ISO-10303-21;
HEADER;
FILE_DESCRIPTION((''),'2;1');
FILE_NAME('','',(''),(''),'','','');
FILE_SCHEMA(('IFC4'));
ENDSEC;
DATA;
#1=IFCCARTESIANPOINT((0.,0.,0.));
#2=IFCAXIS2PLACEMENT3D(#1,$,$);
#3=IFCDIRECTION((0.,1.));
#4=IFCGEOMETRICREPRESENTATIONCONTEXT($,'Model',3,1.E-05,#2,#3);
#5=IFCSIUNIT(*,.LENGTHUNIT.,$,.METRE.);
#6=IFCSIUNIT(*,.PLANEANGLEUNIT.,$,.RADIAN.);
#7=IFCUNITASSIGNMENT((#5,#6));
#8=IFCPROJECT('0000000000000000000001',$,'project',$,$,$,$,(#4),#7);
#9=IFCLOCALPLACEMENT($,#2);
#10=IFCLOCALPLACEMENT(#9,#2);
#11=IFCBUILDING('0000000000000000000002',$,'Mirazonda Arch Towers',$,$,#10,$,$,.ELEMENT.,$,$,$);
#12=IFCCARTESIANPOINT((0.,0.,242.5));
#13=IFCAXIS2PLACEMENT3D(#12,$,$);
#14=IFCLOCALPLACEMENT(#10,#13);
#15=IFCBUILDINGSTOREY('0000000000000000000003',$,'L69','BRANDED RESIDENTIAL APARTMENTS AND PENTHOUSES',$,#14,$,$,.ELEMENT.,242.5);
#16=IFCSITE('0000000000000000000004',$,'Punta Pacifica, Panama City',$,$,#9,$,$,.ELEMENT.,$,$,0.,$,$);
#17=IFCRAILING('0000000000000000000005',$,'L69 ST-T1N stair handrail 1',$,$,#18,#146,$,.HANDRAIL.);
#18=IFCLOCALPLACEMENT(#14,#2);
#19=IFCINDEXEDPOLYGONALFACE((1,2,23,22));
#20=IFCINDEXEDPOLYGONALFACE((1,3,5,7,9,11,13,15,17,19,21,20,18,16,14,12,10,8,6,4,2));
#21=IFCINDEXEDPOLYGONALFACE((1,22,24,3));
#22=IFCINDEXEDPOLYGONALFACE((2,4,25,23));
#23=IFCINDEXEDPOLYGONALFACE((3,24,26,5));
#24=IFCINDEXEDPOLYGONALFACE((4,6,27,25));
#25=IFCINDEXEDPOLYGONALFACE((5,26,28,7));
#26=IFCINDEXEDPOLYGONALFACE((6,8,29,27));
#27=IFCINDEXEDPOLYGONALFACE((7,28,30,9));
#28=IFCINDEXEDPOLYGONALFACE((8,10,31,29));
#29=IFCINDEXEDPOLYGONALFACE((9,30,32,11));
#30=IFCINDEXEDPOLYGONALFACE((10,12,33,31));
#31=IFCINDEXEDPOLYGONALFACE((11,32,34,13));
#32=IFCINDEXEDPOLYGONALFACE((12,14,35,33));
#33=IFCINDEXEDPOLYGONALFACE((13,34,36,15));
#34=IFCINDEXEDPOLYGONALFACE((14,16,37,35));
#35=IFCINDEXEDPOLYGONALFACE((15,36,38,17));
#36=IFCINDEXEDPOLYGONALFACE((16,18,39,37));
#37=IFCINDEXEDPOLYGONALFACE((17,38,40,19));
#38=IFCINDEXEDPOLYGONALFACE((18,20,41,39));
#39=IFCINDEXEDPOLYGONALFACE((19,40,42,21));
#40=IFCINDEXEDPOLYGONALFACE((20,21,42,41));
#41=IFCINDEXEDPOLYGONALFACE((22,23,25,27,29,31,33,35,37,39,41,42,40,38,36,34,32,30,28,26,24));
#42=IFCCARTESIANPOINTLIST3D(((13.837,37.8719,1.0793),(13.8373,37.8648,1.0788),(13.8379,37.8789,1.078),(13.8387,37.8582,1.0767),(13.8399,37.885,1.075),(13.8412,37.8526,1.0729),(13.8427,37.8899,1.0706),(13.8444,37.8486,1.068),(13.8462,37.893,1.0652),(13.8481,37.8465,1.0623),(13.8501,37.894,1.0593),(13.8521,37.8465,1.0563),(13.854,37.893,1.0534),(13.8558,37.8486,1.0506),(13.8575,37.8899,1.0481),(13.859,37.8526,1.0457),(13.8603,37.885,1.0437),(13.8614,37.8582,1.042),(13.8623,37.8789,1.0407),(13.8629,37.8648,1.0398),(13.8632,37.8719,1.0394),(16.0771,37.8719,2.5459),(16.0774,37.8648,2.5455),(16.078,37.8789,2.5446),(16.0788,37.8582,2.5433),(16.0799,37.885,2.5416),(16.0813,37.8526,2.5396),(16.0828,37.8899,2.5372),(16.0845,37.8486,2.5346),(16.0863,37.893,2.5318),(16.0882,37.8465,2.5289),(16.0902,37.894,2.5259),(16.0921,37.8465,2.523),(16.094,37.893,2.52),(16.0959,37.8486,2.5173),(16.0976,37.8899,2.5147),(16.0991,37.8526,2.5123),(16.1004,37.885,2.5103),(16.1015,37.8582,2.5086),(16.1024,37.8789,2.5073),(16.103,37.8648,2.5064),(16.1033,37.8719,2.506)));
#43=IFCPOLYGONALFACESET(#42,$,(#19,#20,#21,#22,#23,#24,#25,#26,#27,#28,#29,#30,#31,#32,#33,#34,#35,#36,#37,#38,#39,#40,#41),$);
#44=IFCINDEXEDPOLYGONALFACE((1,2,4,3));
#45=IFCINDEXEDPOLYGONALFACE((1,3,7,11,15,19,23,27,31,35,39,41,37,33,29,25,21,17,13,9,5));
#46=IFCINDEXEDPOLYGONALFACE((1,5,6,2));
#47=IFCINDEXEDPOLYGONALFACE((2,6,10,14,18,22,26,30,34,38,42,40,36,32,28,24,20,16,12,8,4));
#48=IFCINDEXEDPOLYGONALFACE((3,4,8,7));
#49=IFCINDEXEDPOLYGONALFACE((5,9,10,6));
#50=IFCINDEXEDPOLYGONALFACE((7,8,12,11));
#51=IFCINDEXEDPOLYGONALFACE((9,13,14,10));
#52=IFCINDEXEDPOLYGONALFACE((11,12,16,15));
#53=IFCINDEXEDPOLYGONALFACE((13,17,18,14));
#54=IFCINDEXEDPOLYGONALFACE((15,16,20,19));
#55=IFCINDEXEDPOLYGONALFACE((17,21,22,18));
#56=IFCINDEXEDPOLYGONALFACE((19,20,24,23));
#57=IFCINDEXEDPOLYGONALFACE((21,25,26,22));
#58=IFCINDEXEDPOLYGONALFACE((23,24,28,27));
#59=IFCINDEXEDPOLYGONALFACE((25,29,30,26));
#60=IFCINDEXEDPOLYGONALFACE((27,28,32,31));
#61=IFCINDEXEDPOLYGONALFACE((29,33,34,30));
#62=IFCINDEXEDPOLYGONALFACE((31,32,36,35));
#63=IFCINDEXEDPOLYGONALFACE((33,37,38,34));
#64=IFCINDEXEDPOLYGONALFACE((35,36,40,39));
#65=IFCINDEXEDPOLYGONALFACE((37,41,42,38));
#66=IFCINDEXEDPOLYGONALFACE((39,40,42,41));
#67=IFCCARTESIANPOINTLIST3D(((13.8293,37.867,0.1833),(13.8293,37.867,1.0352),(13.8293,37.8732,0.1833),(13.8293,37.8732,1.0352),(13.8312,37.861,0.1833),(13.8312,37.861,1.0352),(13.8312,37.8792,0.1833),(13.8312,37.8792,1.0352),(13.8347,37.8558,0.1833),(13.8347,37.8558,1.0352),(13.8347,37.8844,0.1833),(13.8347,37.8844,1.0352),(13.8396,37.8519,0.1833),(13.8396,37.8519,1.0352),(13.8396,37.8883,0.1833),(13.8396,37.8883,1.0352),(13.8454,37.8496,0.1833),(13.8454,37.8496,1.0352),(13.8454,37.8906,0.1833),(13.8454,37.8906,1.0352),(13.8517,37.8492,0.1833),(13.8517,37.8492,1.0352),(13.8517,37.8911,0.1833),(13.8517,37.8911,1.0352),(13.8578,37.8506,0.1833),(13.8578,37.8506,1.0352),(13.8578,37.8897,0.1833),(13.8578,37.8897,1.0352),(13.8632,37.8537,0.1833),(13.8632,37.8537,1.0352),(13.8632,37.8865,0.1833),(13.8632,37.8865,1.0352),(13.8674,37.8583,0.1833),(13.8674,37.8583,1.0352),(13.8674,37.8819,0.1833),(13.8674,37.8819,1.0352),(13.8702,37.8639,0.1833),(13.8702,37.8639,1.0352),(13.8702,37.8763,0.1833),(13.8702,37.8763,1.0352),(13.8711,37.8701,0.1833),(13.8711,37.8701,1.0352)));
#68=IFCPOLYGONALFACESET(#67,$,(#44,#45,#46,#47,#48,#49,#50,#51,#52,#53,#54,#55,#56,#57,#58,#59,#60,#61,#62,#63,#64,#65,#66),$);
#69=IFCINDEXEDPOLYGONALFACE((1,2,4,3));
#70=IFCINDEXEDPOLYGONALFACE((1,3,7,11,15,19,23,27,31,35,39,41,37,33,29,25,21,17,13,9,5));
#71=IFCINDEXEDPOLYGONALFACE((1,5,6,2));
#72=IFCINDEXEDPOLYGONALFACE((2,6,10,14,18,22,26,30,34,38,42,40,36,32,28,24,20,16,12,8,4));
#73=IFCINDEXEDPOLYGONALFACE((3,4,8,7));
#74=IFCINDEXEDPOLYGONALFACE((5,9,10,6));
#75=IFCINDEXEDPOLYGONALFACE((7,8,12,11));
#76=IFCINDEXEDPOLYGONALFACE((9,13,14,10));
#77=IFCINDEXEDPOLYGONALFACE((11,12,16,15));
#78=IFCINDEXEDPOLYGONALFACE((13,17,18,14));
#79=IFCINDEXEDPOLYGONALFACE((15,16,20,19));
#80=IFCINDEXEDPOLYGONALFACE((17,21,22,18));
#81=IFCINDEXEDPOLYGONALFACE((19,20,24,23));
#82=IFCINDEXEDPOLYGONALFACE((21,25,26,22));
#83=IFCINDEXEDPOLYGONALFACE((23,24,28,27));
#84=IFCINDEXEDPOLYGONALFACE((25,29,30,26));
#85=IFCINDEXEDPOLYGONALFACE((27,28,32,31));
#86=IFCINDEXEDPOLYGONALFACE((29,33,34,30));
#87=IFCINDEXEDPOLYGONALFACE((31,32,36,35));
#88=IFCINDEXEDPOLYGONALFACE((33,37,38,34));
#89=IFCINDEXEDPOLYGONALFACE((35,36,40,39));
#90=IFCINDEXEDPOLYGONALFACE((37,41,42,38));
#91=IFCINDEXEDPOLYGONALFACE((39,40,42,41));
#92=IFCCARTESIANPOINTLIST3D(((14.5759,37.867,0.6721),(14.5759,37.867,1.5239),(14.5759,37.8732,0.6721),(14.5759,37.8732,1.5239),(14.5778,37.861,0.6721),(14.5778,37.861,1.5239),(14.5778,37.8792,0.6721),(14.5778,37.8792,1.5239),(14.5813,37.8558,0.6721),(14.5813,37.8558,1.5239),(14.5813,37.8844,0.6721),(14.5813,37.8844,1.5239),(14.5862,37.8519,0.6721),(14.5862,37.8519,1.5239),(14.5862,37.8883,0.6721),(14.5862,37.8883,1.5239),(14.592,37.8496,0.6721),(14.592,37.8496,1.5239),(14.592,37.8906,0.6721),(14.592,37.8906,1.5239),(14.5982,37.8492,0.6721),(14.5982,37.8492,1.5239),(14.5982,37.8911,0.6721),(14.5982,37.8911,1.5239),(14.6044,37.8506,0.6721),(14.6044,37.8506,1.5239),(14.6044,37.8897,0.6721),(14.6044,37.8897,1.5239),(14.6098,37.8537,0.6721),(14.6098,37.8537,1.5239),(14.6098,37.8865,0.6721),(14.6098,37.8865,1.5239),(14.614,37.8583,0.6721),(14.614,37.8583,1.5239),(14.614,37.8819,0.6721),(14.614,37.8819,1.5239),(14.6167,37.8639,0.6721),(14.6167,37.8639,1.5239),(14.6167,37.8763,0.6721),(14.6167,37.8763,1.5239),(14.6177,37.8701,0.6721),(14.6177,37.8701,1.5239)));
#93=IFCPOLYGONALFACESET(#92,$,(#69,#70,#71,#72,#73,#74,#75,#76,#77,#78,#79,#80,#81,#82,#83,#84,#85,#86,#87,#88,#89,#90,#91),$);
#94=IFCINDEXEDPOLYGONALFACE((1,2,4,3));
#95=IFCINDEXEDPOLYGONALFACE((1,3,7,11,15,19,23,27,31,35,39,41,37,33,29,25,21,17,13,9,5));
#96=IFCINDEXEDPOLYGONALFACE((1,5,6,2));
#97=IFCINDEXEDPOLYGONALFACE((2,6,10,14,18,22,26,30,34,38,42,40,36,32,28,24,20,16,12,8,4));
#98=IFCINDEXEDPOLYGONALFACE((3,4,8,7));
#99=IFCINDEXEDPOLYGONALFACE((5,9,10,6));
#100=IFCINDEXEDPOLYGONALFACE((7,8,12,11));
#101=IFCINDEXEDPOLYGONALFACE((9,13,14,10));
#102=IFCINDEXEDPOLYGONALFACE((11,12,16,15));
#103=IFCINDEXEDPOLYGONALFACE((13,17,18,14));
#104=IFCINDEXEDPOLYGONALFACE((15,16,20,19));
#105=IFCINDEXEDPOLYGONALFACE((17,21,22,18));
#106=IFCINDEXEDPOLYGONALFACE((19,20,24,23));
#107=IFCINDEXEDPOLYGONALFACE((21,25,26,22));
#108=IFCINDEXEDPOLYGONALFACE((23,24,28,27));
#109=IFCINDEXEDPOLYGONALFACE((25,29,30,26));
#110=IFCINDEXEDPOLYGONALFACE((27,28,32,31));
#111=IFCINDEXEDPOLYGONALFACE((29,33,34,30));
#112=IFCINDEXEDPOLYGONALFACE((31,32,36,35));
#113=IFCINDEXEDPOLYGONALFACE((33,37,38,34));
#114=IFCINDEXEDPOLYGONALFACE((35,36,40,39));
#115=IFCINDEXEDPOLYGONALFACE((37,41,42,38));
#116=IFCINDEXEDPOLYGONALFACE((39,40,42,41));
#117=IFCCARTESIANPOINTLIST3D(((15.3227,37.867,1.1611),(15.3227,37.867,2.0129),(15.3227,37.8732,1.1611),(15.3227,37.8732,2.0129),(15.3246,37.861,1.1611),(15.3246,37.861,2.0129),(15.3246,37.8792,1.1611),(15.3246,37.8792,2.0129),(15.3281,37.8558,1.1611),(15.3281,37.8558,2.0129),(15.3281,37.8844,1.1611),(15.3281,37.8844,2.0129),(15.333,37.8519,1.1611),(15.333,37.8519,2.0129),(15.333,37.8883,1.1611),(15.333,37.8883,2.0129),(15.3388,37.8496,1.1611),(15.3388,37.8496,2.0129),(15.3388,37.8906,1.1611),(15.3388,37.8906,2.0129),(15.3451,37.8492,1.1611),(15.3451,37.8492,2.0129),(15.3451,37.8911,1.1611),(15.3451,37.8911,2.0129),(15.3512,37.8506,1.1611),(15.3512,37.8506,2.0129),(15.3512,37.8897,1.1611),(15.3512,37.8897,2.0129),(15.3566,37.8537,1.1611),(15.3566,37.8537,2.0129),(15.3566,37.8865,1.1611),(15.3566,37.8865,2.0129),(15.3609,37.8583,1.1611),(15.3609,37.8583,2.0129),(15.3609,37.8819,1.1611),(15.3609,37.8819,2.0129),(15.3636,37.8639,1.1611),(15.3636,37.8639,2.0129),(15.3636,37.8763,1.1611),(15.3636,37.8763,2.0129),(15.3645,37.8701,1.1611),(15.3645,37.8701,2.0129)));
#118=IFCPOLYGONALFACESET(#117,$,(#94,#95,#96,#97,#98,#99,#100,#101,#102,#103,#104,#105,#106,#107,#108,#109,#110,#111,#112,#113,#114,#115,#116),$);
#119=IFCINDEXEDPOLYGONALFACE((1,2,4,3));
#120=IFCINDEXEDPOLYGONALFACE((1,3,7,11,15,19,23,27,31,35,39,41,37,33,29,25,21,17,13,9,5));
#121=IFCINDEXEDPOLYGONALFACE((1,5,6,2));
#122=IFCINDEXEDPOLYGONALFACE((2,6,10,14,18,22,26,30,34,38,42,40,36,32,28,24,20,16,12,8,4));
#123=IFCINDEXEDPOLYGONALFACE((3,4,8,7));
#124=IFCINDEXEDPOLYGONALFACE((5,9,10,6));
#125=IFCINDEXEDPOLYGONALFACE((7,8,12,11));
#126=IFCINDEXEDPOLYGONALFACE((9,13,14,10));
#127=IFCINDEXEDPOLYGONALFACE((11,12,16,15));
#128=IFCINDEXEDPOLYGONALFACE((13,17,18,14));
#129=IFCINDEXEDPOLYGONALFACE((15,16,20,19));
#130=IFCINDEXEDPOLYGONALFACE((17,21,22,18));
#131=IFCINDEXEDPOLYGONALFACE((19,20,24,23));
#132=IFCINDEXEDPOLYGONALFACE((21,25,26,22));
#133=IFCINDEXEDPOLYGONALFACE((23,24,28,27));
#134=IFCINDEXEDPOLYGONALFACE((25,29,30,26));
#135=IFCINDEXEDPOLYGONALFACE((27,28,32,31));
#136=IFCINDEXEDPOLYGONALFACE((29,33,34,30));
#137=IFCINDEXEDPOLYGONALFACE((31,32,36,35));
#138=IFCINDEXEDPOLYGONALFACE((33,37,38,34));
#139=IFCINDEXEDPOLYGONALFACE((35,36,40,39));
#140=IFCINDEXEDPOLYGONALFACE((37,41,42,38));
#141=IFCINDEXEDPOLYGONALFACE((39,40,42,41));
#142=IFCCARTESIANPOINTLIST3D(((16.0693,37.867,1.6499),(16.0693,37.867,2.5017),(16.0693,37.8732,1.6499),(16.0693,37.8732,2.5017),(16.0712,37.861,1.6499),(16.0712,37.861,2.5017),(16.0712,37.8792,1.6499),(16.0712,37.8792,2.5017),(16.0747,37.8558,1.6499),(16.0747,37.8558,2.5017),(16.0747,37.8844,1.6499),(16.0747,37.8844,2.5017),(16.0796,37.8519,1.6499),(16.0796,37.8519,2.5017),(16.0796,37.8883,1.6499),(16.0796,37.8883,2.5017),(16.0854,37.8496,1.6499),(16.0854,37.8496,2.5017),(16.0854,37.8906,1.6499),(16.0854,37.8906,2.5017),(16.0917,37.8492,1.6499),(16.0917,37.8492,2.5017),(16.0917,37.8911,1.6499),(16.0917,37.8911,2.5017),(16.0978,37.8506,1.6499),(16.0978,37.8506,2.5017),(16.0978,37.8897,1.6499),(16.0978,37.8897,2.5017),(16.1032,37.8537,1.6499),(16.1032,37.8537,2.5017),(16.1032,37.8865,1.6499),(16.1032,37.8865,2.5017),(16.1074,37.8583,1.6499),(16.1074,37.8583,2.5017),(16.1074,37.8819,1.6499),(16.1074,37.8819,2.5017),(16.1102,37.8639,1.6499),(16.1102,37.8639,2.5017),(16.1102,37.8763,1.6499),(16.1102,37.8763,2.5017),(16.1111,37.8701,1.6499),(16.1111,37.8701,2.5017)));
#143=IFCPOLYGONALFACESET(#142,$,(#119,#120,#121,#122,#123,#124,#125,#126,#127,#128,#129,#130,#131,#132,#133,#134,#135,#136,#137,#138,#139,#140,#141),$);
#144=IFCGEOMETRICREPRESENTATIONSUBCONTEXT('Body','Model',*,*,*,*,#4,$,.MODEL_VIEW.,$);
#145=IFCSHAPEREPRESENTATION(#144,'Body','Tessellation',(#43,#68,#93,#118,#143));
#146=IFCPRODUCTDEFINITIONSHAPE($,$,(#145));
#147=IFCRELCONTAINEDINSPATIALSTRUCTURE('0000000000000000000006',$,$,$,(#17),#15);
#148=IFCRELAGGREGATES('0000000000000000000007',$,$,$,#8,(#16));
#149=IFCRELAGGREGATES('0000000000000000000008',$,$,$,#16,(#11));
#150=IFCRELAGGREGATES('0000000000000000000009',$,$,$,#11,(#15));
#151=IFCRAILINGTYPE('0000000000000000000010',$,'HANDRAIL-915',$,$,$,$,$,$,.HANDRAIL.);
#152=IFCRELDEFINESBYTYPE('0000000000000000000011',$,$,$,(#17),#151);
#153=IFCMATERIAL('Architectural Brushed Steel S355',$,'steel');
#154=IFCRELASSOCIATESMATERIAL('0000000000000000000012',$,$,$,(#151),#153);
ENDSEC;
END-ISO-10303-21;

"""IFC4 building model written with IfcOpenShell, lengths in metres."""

from ifc_helpers import new_model, si_unit, direction, frame, origin, origin_2d, place, context, subcontext, project, spatial, circle, extrude, material, type_object, element, save


model = new_model("IFC4")

# Units and contexts
model_context = context("Model", 3, precision=1e-05, world=origin(), true_north=direction((0.0, 1.0)))
body_context = subcontext(model_context, "Body", "Model", "MODEL_VIEW")
ifc_project = project(units=[si_unit("LENGTHUNIT", "METRE"), si_unit("PLANEANGLEUNIT", "RADIAN")], contexts=[model_context])

# Site, building, storey
site_placement = place(None, origin())
site = spatial("IfcSite", under=ifc_project, at=site_placement, Name="Punta Pacifica, Panama City", CompositionType="ELEMENT", RefElevation=0.0)
building_placement = place(site_placement, origin())
building = spatial("IfcBuilding", under=site, at=building_placement, Name="Mirazonda Arch Towers", CompositionType="ELEMENT")
storey_placement = place(building_placement, frame((0.0, 0.0, 242.5)))
storey = spatial("IfcBuildingStorey", under=building, at=storey_placement, Name="L69", Description="BRANDED RESIDENTIAL APARTMENTS AND PENTHOUSES", CompositionType="ELEMENT", Elevation=242.5)

# Shared definitions
ifc_material_1 = material(Name="Architectural Brushed Steel S355", Category="steel")

# Railing
railing_type_1 = type_object("IfcRailingType", Name="HANDRAIL-915", PredefinedType="HANDRAIL", material=ifc_material_1)
railing_1_placement = place(storey_placement, frame((13.8501, 37.8701, 0.1833)))
element("IfcRailing", 1, at=railing_1_placement, inside=storey, type_object=railing_type_1, Name="L69 ST-T1N stair handrail 1", PredefinedType="HANDRAIL", context=body_context, shape_type="SweptSolid", body=[
    extrude(circle(Radius=0.0239, at=origin_2d()), frame((0.0, 0.0, 0.876), z_axis=(0.836637, 0.0, 0.547758), x_axis=(0.0, 1.0, 0.0)), (0.0, 0.0, 1.0), 2.6775),
    extrude(circle(Radius=0.021, at=origin_2d()), origin(), (0.0, 0.0, 1.0), 0.8518),
    extrude(circle(Radius=0.021, at=origin_2d()), frame((0.7466, 0.0, 0.4888)), (0.0, 0.0, 1.0), 0.8518),
    extrude(circle(Radius=0.021, at=origin_2d()), frame((1.4934, 0.0, 0.9778)), (0.0, 0.0, 1.0), 0.8518),
    extrude(circle(Radius=0.021, at=origin_2d()), frame((2.24, 0.0, 1.4666)), (0.0, 0.0, 1.0), 0.8518),
])

save(model, "model.ifc")
